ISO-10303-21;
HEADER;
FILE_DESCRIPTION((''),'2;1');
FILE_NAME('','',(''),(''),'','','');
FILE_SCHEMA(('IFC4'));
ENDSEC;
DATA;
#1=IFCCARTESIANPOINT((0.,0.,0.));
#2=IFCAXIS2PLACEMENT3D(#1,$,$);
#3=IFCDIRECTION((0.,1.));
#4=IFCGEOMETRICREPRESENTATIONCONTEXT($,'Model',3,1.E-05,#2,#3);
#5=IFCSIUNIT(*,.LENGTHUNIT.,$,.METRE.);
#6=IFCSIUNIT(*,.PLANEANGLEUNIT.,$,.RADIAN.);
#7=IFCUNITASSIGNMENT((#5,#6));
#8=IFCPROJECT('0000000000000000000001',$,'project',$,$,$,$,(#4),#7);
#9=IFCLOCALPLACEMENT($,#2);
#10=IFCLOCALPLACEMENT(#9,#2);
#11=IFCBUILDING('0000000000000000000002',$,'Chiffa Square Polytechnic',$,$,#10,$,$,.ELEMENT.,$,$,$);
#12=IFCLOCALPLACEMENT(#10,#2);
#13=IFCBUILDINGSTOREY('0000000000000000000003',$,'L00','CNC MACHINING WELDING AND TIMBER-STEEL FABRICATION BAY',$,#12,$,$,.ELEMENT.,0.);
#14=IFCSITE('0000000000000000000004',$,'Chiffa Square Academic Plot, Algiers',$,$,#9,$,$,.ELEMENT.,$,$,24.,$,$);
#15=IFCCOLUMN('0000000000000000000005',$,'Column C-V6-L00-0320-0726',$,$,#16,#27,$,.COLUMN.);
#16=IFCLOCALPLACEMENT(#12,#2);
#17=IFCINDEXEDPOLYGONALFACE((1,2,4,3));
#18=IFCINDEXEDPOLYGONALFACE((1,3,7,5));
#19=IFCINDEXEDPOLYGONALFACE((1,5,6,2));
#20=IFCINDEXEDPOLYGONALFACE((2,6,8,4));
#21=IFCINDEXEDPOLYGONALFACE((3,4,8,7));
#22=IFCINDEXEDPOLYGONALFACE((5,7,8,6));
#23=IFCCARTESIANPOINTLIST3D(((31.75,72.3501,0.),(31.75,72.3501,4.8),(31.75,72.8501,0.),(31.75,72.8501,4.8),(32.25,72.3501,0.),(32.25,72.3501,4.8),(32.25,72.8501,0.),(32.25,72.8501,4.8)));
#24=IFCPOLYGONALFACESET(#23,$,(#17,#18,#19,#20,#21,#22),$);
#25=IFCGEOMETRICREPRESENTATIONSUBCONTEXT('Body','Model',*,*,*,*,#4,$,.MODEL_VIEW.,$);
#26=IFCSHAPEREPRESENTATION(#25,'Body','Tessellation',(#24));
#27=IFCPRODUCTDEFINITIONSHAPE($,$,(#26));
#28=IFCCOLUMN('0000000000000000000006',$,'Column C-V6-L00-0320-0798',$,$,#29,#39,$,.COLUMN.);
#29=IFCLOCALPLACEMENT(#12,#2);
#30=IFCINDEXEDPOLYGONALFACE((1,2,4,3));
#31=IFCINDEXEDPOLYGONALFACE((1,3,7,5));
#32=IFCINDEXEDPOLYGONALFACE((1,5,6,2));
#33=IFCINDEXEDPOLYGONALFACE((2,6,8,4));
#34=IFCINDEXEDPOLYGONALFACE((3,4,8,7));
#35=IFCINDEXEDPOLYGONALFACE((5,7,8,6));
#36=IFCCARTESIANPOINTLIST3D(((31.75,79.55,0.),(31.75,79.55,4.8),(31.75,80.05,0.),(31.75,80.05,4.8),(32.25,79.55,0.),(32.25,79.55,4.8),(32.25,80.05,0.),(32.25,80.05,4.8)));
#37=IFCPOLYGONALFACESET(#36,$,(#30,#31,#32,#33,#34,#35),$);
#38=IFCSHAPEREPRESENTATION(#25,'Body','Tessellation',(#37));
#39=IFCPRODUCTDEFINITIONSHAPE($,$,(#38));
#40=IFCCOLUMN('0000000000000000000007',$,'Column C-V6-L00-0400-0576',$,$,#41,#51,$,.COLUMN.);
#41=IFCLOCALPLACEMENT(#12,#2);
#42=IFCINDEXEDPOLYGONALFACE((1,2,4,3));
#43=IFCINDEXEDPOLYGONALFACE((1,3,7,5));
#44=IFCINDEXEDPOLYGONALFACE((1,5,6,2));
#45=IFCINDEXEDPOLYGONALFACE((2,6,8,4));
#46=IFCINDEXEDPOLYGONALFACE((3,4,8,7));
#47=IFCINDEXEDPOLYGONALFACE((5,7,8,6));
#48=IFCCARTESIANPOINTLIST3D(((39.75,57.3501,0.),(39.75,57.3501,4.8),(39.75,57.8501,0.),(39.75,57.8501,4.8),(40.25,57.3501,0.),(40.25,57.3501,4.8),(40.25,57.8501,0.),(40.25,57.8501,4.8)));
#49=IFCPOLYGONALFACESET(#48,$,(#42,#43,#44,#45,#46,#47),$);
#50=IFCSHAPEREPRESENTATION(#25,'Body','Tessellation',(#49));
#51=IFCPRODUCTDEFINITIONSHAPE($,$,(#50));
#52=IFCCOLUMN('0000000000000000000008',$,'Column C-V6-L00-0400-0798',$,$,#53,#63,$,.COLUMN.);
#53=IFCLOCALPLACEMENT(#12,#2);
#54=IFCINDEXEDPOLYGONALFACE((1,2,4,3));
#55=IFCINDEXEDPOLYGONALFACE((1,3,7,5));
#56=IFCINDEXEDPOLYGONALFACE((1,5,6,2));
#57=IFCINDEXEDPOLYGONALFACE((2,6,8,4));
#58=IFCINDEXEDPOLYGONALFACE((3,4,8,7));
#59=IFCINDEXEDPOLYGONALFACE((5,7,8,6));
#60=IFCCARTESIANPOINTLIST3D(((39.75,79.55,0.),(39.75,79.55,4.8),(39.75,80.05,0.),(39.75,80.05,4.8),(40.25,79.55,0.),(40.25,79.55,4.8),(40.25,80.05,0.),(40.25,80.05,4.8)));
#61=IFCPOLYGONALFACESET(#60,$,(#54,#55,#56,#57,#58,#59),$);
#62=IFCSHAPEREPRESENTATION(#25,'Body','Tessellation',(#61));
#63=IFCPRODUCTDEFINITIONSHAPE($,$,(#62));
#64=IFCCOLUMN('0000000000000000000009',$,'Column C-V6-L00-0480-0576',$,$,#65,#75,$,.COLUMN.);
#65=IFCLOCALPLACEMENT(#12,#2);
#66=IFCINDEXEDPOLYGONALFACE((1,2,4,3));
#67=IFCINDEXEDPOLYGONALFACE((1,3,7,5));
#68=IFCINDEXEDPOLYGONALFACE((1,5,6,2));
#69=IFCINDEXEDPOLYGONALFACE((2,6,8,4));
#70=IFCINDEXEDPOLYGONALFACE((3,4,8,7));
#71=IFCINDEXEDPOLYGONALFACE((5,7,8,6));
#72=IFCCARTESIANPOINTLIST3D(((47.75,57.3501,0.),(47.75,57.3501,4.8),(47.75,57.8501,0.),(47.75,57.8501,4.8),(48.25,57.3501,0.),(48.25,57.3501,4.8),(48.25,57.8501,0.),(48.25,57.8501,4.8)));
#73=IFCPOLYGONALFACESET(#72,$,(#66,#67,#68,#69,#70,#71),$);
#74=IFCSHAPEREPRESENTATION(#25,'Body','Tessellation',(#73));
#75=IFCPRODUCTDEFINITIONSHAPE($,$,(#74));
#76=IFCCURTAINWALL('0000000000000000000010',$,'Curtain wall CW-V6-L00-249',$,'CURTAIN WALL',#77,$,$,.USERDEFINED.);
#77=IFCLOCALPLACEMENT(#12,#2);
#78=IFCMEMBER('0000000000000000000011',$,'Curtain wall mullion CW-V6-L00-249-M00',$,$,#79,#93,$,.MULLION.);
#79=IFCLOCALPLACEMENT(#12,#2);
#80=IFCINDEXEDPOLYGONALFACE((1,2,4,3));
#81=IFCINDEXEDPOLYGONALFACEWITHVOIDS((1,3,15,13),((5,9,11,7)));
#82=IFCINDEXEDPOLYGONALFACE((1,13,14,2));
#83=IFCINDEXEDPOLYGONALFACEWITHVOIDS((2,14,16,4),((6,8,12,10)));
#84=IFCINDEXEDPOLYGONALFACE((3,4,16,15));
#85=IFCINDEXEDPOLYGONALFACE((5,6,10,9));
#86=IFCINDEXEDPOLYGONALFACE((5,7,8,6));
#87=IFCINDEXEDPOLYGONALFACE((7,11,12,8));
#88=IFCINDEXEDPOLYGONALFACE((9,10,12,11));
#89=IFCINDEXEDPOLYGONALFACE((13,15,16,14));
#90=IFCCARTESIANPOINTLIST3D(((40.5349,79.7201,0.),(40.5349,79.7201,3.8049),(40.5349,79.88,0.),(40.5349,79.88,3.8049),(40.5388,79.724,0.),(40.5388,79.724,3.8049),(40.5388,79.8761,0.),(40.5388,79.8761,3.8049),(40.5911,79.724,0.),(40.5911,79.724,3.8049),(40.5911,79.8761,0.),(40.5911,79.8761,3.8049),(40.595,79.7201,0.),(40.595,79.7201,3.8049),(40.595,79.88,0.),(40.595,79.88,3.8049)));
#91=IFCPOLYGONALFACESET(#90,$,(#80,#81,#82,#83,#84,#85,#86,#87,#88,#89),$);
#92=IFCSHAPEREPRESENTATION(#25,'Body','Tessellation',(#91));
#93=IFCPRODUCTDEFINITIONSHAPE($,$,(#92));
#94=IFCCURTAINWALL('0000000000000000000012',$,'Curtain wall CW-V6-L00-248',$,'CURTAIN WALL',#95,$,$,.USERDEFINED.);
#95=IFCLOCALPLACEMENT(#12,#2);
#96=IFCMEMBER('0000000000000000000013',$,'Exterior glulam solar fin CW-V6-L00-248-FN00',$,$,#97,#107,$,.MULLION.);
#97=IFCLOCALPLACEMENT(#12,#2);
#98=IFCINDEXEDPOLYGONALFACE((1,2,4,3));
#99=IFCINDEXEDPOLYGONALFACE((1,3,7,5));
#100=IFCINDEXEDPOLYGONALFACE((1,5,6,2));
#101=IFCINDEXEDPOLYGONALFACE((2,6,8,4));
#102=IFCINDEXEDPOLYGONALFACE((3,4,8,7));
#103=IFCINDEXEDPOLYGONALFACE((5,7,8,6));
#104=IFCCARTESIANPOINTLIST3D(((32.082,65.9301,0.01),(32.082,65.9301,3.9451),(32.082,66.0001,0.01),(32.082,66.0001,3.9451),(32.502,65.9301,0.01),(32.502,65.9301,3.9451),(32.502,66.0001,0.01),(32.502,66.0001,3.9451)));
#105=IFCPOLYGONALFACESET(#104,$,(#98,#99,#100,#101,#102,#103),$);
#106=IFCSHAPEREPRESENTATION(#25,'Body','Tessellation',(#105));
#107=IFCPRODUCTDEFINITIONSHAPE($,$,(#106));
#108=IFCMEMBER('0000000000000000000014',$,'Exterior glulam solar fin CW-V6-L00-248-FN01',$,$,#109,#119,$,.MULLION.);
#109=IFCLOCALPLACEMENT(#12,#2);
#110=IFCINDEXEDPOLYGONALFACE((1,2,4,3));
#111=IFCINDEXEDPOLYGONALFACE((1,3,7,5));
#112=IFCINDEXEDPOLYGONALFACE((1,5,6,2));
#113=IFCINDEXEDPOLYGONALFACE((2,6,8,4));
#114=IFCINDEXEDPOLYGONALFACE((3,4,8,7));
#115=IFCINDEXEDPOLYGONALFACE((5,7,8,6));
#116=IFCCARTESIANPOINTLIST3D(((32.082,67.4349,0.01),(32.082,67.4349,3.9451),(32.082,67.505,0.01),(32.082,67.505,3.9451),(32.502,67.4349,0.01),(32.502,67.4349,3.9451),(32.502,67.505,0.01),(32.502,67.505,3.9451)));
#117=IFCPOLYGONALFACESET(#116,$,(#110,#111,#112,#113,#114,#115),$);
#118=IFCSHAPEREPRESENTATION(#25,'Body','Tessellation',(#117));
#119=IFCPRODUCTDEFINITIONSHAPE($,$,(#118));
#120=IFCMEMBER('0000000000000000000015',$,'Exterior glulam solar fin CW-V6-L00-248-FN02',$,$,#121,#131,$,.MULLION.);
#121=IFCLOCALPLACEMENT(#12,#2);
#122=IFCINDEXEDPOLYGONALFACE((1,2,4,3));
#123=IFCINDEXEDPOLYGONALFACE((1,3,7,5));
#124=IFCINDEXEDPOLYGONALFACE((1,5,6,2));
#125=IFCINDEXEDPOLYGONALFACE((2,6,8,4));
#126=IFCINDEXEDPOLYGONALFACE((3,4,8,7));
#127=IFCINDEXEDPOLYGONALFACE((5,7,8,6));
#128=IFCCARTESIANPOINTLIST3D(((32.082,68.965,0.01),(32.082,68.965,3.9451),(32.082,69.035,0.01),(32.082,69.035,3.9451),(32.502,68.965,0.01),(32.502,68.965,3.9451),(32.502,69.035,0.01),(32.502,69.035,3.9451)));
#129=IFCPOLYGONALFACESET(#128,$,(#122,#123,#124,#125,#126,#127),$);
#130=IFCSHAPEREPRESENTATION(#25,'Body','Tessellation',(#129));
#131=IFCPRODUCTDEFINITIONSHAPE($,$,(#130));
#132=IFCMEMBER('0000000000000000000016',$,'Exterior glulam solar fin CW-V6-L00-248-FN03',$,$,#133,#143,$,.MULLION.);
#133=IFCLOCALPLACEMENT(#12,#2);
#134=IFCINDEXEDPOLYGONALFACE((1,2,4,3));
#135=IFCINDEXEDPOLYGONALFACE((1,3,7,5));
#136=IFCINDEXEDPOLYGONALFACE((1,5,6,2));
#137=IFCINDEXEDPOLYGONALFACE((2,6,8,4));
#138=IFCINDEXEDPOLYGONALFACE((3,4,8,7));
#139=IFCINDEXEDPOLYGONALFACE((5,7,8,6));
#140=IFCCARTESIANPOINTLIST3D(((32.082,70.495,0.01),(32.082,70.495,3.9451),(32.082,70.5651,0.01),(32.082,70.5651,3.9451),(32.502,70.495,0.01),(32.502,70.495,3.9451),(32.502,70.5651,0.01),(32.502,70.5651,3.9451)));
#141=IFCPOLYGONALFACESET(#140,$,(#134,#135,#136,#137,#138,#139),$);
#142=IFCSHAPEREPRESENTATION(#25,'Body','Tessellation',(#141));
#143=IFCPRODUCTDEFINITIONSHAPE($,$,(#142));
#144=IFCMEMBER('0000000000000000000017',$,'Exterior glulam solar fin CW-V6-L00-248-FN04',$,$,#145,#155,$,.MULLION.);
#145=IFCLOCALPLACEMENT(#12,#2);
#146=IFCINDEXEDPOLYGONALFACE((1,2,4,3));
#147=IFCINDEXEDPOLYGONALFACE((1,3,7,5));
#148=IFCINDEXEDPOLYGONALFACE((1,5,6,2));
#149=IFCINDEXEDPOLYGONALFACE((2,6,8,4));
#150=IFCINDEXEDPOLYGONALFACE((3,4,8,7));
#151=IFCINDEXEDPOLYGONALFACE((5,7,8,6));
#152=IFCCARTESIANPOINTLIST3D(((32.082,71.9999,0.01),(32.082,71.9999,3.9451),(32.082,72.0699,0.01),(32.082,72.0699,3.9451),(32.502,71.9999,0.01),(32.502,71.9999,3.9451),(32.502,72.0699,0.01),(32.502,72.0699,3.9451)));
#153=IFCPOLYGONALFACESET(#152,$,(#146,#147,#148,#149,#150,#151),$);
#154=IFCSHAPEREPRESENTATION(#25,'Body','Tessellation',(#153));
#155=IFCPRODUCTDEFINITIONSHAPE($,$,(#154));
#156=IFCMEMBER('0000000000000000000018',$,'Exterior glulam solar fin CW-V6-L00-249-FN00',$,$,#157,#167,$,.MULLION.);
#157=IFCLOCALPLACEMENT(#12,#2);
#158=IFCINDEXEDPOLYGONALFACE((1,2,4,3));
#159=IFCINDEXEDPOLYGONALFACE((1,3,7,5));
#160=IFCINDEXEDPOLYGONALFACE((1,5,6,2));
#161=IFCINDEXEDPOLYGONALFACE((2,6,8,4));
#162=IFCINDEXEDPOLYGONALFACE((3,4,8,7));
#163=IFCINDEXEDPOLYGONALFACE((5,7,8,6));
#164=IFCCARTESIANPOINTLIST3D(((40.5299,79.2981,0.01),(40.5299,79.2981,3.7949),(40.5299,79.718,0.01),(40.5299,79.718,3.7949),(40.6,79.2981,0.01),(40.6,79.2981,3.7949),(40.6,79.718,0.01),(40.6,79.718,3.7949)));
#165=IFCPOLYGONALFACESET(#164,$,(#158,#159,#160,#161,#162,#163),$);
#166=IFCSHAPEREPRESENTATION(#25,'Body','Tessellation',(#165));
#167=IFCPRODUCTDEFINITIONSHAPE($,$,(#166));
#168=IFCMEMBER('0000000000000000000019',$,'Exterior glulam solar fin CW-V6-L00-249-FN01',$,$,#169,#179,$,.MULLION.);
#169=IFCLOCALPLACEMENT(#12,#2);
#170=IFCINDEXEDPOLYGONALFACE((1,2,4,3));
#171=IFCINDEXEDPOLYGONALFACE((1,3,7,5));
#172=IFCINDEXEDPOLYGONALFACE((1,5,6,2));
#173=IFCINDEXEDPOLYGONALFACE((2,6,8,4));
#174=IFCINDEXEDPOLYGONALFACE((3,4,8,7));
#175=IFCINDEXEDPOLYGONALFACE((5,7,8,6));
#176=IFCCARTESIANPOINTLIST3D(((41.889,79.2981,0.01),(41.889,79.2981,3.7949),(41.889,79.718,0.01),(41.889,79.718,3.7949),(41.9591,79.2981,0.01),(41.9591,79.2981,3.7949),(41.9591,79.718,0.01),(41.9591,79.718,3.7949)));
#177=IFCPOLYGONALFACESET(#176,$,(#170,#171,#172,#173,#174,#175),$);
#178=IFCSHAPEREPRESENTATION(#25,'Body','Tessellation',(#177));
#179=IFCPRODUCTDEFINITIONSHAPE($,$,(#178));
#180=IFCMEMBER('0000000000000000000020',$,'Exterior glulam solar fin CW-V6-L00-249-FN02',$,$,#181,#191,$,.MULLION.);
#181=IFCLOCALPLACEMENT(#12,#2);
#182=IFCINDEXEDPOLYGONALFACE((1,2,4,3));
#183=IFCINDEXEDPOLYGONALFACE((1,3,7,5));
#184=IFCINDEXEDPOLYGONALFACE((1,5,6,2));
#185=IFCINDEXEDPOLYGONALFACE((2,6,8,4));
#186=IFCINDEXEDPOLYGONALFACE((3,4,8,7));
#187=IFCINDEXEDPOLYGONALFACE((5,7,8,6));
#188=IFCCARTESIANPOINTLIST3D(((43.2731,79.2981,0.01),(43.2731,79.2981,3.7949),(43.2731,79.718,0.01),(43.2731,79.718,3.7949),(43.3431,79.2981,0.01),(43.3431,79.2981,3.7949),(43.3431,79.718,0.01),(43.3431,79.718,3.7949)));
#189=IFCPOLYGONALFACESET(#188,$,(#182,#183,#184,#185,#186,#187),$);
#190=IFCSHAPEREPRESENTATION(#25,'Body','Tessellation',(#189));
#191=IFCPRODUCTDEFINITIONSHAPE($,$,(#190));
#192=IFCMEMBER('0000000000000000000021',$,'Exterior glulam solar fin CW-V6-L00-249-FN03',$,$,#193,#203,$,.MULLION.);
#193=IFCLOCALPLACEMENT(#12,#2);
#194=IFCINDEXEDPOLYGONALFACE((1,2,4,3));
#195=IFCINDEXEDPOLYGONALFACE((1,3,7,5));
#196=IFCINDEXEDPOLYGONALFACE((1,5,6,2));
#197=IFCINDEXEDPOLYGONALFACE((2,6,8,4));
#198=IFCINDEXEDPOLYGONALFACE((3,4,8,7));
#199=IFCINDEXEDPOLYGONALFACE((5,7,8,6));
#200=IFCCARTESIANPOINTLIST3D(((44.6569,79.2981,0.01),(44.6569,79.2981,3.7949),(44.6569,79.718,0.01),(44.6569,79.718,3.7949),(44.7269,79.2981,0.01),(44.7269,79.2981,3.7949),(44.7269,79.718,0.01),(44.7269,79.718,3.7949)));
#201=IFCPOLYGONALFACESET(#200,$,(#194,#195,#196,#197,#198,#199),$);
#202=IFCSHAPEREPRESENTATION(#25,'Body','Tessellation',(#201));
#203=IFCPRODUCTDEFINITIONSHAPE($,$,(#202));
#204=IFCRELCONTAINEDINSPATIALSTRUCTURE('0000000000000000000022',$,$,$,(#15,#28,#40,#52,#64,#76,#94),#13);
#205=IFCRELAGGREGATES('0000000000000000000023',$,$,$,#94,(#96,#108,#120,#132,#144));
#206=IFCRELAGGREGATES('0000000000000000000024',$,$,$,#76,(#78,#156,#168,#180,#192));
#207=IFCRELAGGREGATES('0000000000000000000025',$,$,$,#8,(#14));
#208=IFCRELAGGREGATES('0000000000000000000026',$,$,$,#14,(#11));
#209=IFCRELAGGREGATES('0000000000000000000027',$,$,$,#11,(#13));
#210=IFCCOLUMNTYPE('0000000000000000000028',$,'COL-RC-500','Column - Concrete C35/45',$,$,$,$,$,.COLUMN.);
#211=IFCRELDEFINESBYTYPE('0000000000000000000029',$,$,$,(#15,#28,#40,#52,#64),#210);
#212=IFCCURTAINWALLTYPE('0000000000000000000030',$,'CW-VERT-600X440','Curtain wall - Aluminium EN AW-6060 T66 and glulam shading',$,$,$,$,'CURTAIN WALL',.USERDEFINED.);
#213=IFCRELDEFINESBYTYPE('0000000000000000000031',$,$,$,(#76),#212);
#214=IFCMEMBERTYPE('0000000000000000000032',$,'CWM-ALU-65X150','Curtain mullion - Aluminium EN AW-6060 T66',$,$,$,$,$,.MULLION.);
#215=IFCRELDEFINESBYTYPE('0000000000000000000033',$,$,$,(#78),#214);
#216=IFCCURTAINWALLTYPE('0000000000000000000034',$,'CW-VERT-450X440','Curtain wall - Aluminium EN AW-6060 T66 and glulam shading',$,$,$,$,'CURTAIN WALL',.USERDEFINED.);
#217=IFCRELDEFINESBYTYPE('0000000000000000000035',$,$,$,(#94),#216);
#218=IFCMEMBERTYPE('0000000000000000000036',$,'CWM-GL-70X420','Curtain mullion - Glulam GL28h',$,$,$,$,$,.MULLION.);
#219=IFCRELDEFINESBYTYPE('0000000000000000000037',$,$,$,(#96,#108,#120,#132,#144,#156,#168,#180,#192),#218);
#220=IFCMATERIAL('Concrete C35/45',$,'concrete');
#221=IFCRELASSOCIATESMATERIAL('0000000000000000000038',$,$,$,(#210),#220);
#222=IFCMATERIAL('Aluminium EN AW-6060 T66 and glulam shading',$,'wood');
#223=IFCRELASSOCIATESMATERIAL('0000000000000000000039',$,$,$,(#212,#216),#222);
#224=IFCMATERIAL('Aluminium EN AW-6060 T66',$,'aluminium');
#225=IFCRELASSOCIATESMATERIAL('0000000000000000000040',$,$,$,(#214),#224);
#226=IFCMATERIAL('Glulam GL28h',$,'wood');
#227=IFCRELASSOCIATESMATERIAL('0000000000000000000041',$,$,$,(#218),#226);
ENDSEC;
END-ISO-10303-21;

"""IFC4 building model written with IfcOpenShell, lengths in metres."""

from ifc_helpers import new_model, si_unit, direction, frame, origin, origin_2d, place, context, subcontext, project, spatial, rectangle, hollow_rectangle, extrude, material, material_profile, profile_set, type_object, element, aggregate, save


model = new_model("IFC4")

# Units and contexts
model_context = context("Model", 3, precision=1e-05, world=origin(), true_north=direction((0.0, 1.0)))
body_context = subcontext(model_context, "Body", "Model", "MODEL_VIEW")
ifc_project = project(units=[si_unit("LENGTHUNIT", "METRE"), si_unit("PLANEANGLEUNIT", "RADIAN")], contexts=[model_context])

# Site, building, storey
site_placement = place(None, origin())
site = spatial("IfcSite", under=ifc_project, at=site_placement, Name="Chiffa Square Academic Plot, Algiers", CompositionType="ELEMENT", RefElevation=24.0)
building_placement = place(site_placement, origin())
building = spatial("IfcBuilding", under=site, at=building_placement, Name="Chiffa Square Polytechnic", CompositionType="ELEMENT")
storey_placement = place(building_placement, origin())
storey = spatial("IfcBuildingStorey", under=building, at=storey_placement, Name="L00", Description="CNC MACHINING WELDING AND TIMBER-STEEL FABRICATION BAY", CompositionType="ELEMENT", Elevation=0.0)

# Columns
ifc_material_1 = material(Name="Concrete C35/45", Category="concrete")
ifc_material_profile_1 = material_profile(ifc_material_1, rectangle(XDim=0.5, YDim=0.5, at=origin_2d()), Name="RC 500x500")
ifc_profile_set_1 = profile_set([ifc_material_profile_1], Name="Concrete C35/45")
column_type = type_object("IfcColumnType", Name="COL-RC-500", Description="Column - Concrete C35/45", PredefinedType="COLUMN", material=ifc_profile_set_1)
for number, where, z_axis, x_axis, name in (
    (1, (32.0, 72.6001, 0.0), (0.0, 0.0, 1.0), (1.0, 0.0, 0.0), "Column C-V6-L00-0320-0726"),
    (2, (32.0, 79.8, 0.0), (0.0, 0.0, 1.0), (1.0, 0.0, 0.0), "Column C-V6-L00-0320-0798"),
    (3, (40.0, 57.6001, 0.0), (0.0, 0.0, 1.0), (1.0, 0.0, 0.0), "Column C-V6-L00-0400-0576"),
    (4, (40.0, 79.8, 0.0), (0.0, 0.0, 1.0), (1.0, 0.0, 0.0), "Column C-V6-L00-0400-0798"),
    (5, (48.0, 57.6001, 0.0), (0.0, 0.0, 1.0), (1.0, 0.0, 0.0), "Column C-V6-L00-0480-0576"),
):
    element("IfcColumn", number, at=place(storey_placement, frame(where, z_axis=z_axis, x_axis=x_axis)), inside=storey, type_object=column_type, Name=name, PredefinedType="COLUMN", context=body_context, shape_type="SweptSolid", body=[
        extrude(rectangle(XDim=0.5, YDim=0.5, at=origin_2d()), origin(), (0.0, 0.0, 1.0), 4.8),
    ])

# Curtain wall, member
ifc_material_2 = material(Name="Aluminium EN AW-6060 T66 and glulam shading", Category="wood")
curtain_wall_type_1 = type_object("IfcCurtainWallType", Name="CW-VERT-600X440", Description="Curtain wall - Aluminium EN AW-6060 T66 and glulam shading", ElementType="CURTAIN WALL", PredefinedType="USERDEFINED", material=ifc_material_2)
curtain_wall_1_placement = place(storey_placement, origin())
curtain_wall_1 = element("IfcCurtainWall", 6, at=curtain_wall_1_placement, inside=storey, type_object=curtain_wall_type_1, Name="Curtain wall CW-V6-L00-249", ObjectType="CURTAIN WALL", PredefinedType="USERDEFINED")
ifc_material_3 = material(Name="Aluminium EN AW-6060 T66", Category="aluminium")
ifc_material_profile_2 = material_profile(ifc_material_3, hollow_rectangle(XDim=0.0601, YDim=0.1599, WallThickness=0.0039, at=origin_2d()), Name="ALU 60x160x4")
ifc_profile_set_2 = profile_set([ifc_material_profile_2], Name="Aluminium EN AW-6060 T66")
member_type_1 = type_object("IfcMemberType", Name="CWM-ALU-65X150", Description="Curtain mullion - Aluminium EN AW-6060 T66", PredefinedType="MULLION", material=ifc_profile_set_2)
member_1_placement = place(storey_placement, frame((40.5649, 79.8, 0.0), z_axis=(0.0, 0.0, 1.0), x_axis=(1.0, 0.0, 0.0)))
member_1 = element("IfcMember", 7, at=member_1_placement, type_object=member_type_1, Name="Curtain wall mullion CW-V6-L00-249-M00", PredefinedType="MULLION", context=body_context, shape_type="SweptSolid", body=[
    extrude(hollow_rectangle(XDim=0.0601, YDim=0.1599, WallThickness=0.0039, at=origin_2d()), origin(), (0.0, 0.0, 1.0), 3.8049),
])

# Curtain wall, members
curtain_wall_type_2 = type_object("IfcCurtainWallType", Name="CW-VERT-450X440", Description="Curtain wall - Aluminium EN AW-6060 T66 and glulam shading", ElementType="CURTAIN WALL", PredefinedType="USERDEFINED", material=ifc_material_2)
curtain_wall_2_placement = place(storey_placement, origin())
curtain_wall_2 = element("IfcCurtainWall", 8, at=curtain_wall_2_placement, inside=storey, type_object=curtain_wall_type_2, Name="Curtain wall CW-V6-L00-248", ObjectType="CURTAIN WALL", PredefinedType="USERDEFINED")
ifc_material_4 = material(Name="Glulam GL28h", Category="wood")
ifc_material_profile_3 = material_profile(ifc_material_4, rectangle(XDim=0.0701, YDim=0.4199, at=origin_2d()), Name="GL28h 70x420")
ifc_profile_set_3 = profile_set([ifc_material_profile_3], Name="Glulam GL28h")
member_type_2 = type_object("IfcMemberType", Name="CWM-GL-70X420", Description="Curtain mullion - Glulam GL28h", PredefinedType="MULLION", material=ifc_profile_set_3)
member_2_placement = place(storey_placement, frame((32.292, 65.9651, 0.01), z_axis=(0.0, 0.0, 1.0), x_axis=(0.0, 1.0, 0.0)))
member_2 = element("IfcMember", 9, at=member_2_placement, type_object=member_type_2, Name="Exterior glulam solar fin CW-V6-L00-248-FN00", PredefinedType="MULLION", context=body_context, shape_type="SweptSolid", body=[
    extrude(rectangle(XDim=0.0701, YDim=0.4199, at=origin_2d()), origin(), (0.0, 0.0, 1.0), 3.9351),
])
member_3_placement = place(storey_placement, frame((32.292, 67.47, 0.01), z_axis=(0.0, 0.0, 1.0), x_axis=(0.0, 1.0, 0.0)))
member_3 = element("IfcMember", 10, at=member_3_placement, type_object=member_type_2, Name="Exterior glulam solar fin CW-V6-L00-248-FN01", PredefinedType="MULLION", context=body_context, shape_type="SweptSolid", body=[
    extrude(rectangle(XDim=0.0701, YDim=0.4199, at=origin_2d()), origin(), (0.0, 0.0, 1.0), 3.9351),
])
member_4_placement = place(storey_placement, frame((32.292, 69.0, 0.01), z_axis=(0.0, 0.0, 1.0), x_axis=(0.0, 1.0, 0.0)))
member_4 = element("IfcMember", 11, at=member_4_placement, type_object=member_type_2, Name="Exterior glulam solar fin CW-V6-L00-248-FN02", PredefinedType="MULLION", context=body_context, shape_type="SweptSolid", body=[
    extrude(rectangle(XDim=0.0701, YDim=0.4199, at=origin_2d()), origin(), (0.0, 0.0, 1.0), 3.9351),
])
member_5_placement = place(storey_placement, frame((32.292, 70.53, 0.01), z_axis=(0.0, 0.0, 1.0), x_axis=(0.0, 1.0, 0.0)))
member_5 = element("IfcMember", 12, at=member_5_placement, type_object=member_type_2, Name="Exterior glulam solar fin CW-V6-L00-248-FN03", PredefinedType="MULLION", context=body_context, shape_type="SweptSolid", body=[
    extrude(rectangle(XDim=0.0701, YDim=0.4199, at=origin_2d()), origin(), (0.0, 0.0, 1.0), 3.9351),
])
member_6_placement = place(storey_placement, frame((32.292, 72.0349, 0.01), z_axis=(0.0, 0.0, 1.0), x_axis=(0.0, 1.0, 0.0)))
member_6 = element("IfcMember", 13, at=member_6_placement, type_object=member_type_2, Name="Exterior glulam solar fin CW-V6-L00-248-FN04", PredefinedType="MULLION", context=body_context, shape_type="SweptSolid", body=[
    extrude(rectangle(XDim=0.0701, YDim=0.4199, at=origin_2d()), origin(), (0.0, 0.0, 1.0), 3.9351),
])

# Members
member_7_placement = place(storey_placement, frame((40.5649, 79.5081, 0.01), z_axis=(0.0, 0.0, 1.0), x_axis=(1.0, 0.0, 0.0)))
member_7 = element("IfcMember", 14, at=member_7_placement, type_object=member_type_2, Name="Exterior glulam solar fin CW-V6-L00-249-FN00", PredefinedType="MULLION", context=body_context, shape_type="SweptSolid", body=[
    extrude(rectangle(XDim=0.0701, YDim=0.4199, at=origin_2d()), origin(), (0.0, 0.0, 1.0), 3.7849),
])
member_8_placement = place(storey_placement, frame((41.9241, 79.5081, 0.01), z_axis=(0.0, 0.0, 1.0), x_axis=(1.0, 0.0, 0.0)))
member_8 = element("IfcMember", 15, at=member_8_placement, type_object=member_type_2, Name="Exterior glulam solar fin CW-V6-L00-249-FN01", PredefinedType="MULLION", context=body_context, shape_type="SweptSolid", body=[
    extrude(rectangle(XDim=0.0701, YDim=0.4199, at=origin_2d()), origin(), (0.0, 0.0, 1.0), 3.7849),
])
member_9_placement = place(storey_placement, frame((43.3081, 79.5081, 0.01), z_axis=(0.0, 0.0, 1.0), x_axis=(1.0, 0.0, 0.0)))
member_9 = element("IfcMember", 16, at=member_9_placement, type_object=member_type_2, Name="Exterior glulam solar fin CW-V6-L00-249-FN02", PredefinedType="MULLION", context=body_context, shape_type="SweptSolid", body=[
    extrude(rectangle(XDim=0.0701, YDim=0.4199, at=origin_2d()), origin(), (0.0, 0.0, 1.0), 3.7849),
])
member_10_placement = place(storey_placement, frame((44.6919, 79.5081, 0.01), z_axis=(0.0, 0.0, 1.0), x_axis=(1.0, 0.0, 0.0)))
member_10 = element("IfcMember", 17, at=member_10_placement, type_object=member_type_2, Name="Exterior glulam solar fin CW-V6-L00-249-FN03", PredefinedType="MULLION", context=body_context, shape_type="SweptSolid", body=[
    extrude(rectangle(XDim=0.0701, YDim=0.4199, at=origin_2d()), origin(), (0.0, 0.0, 1.0), 3.7849),
])
aggregate(curtain_wall_2, [member_2, member_3, member_4, member_5, member_6])

aggregate(curtain_wall_1, [member_1, member_7, member_8, member_9, member_10])

save(model, "model.ifc")
